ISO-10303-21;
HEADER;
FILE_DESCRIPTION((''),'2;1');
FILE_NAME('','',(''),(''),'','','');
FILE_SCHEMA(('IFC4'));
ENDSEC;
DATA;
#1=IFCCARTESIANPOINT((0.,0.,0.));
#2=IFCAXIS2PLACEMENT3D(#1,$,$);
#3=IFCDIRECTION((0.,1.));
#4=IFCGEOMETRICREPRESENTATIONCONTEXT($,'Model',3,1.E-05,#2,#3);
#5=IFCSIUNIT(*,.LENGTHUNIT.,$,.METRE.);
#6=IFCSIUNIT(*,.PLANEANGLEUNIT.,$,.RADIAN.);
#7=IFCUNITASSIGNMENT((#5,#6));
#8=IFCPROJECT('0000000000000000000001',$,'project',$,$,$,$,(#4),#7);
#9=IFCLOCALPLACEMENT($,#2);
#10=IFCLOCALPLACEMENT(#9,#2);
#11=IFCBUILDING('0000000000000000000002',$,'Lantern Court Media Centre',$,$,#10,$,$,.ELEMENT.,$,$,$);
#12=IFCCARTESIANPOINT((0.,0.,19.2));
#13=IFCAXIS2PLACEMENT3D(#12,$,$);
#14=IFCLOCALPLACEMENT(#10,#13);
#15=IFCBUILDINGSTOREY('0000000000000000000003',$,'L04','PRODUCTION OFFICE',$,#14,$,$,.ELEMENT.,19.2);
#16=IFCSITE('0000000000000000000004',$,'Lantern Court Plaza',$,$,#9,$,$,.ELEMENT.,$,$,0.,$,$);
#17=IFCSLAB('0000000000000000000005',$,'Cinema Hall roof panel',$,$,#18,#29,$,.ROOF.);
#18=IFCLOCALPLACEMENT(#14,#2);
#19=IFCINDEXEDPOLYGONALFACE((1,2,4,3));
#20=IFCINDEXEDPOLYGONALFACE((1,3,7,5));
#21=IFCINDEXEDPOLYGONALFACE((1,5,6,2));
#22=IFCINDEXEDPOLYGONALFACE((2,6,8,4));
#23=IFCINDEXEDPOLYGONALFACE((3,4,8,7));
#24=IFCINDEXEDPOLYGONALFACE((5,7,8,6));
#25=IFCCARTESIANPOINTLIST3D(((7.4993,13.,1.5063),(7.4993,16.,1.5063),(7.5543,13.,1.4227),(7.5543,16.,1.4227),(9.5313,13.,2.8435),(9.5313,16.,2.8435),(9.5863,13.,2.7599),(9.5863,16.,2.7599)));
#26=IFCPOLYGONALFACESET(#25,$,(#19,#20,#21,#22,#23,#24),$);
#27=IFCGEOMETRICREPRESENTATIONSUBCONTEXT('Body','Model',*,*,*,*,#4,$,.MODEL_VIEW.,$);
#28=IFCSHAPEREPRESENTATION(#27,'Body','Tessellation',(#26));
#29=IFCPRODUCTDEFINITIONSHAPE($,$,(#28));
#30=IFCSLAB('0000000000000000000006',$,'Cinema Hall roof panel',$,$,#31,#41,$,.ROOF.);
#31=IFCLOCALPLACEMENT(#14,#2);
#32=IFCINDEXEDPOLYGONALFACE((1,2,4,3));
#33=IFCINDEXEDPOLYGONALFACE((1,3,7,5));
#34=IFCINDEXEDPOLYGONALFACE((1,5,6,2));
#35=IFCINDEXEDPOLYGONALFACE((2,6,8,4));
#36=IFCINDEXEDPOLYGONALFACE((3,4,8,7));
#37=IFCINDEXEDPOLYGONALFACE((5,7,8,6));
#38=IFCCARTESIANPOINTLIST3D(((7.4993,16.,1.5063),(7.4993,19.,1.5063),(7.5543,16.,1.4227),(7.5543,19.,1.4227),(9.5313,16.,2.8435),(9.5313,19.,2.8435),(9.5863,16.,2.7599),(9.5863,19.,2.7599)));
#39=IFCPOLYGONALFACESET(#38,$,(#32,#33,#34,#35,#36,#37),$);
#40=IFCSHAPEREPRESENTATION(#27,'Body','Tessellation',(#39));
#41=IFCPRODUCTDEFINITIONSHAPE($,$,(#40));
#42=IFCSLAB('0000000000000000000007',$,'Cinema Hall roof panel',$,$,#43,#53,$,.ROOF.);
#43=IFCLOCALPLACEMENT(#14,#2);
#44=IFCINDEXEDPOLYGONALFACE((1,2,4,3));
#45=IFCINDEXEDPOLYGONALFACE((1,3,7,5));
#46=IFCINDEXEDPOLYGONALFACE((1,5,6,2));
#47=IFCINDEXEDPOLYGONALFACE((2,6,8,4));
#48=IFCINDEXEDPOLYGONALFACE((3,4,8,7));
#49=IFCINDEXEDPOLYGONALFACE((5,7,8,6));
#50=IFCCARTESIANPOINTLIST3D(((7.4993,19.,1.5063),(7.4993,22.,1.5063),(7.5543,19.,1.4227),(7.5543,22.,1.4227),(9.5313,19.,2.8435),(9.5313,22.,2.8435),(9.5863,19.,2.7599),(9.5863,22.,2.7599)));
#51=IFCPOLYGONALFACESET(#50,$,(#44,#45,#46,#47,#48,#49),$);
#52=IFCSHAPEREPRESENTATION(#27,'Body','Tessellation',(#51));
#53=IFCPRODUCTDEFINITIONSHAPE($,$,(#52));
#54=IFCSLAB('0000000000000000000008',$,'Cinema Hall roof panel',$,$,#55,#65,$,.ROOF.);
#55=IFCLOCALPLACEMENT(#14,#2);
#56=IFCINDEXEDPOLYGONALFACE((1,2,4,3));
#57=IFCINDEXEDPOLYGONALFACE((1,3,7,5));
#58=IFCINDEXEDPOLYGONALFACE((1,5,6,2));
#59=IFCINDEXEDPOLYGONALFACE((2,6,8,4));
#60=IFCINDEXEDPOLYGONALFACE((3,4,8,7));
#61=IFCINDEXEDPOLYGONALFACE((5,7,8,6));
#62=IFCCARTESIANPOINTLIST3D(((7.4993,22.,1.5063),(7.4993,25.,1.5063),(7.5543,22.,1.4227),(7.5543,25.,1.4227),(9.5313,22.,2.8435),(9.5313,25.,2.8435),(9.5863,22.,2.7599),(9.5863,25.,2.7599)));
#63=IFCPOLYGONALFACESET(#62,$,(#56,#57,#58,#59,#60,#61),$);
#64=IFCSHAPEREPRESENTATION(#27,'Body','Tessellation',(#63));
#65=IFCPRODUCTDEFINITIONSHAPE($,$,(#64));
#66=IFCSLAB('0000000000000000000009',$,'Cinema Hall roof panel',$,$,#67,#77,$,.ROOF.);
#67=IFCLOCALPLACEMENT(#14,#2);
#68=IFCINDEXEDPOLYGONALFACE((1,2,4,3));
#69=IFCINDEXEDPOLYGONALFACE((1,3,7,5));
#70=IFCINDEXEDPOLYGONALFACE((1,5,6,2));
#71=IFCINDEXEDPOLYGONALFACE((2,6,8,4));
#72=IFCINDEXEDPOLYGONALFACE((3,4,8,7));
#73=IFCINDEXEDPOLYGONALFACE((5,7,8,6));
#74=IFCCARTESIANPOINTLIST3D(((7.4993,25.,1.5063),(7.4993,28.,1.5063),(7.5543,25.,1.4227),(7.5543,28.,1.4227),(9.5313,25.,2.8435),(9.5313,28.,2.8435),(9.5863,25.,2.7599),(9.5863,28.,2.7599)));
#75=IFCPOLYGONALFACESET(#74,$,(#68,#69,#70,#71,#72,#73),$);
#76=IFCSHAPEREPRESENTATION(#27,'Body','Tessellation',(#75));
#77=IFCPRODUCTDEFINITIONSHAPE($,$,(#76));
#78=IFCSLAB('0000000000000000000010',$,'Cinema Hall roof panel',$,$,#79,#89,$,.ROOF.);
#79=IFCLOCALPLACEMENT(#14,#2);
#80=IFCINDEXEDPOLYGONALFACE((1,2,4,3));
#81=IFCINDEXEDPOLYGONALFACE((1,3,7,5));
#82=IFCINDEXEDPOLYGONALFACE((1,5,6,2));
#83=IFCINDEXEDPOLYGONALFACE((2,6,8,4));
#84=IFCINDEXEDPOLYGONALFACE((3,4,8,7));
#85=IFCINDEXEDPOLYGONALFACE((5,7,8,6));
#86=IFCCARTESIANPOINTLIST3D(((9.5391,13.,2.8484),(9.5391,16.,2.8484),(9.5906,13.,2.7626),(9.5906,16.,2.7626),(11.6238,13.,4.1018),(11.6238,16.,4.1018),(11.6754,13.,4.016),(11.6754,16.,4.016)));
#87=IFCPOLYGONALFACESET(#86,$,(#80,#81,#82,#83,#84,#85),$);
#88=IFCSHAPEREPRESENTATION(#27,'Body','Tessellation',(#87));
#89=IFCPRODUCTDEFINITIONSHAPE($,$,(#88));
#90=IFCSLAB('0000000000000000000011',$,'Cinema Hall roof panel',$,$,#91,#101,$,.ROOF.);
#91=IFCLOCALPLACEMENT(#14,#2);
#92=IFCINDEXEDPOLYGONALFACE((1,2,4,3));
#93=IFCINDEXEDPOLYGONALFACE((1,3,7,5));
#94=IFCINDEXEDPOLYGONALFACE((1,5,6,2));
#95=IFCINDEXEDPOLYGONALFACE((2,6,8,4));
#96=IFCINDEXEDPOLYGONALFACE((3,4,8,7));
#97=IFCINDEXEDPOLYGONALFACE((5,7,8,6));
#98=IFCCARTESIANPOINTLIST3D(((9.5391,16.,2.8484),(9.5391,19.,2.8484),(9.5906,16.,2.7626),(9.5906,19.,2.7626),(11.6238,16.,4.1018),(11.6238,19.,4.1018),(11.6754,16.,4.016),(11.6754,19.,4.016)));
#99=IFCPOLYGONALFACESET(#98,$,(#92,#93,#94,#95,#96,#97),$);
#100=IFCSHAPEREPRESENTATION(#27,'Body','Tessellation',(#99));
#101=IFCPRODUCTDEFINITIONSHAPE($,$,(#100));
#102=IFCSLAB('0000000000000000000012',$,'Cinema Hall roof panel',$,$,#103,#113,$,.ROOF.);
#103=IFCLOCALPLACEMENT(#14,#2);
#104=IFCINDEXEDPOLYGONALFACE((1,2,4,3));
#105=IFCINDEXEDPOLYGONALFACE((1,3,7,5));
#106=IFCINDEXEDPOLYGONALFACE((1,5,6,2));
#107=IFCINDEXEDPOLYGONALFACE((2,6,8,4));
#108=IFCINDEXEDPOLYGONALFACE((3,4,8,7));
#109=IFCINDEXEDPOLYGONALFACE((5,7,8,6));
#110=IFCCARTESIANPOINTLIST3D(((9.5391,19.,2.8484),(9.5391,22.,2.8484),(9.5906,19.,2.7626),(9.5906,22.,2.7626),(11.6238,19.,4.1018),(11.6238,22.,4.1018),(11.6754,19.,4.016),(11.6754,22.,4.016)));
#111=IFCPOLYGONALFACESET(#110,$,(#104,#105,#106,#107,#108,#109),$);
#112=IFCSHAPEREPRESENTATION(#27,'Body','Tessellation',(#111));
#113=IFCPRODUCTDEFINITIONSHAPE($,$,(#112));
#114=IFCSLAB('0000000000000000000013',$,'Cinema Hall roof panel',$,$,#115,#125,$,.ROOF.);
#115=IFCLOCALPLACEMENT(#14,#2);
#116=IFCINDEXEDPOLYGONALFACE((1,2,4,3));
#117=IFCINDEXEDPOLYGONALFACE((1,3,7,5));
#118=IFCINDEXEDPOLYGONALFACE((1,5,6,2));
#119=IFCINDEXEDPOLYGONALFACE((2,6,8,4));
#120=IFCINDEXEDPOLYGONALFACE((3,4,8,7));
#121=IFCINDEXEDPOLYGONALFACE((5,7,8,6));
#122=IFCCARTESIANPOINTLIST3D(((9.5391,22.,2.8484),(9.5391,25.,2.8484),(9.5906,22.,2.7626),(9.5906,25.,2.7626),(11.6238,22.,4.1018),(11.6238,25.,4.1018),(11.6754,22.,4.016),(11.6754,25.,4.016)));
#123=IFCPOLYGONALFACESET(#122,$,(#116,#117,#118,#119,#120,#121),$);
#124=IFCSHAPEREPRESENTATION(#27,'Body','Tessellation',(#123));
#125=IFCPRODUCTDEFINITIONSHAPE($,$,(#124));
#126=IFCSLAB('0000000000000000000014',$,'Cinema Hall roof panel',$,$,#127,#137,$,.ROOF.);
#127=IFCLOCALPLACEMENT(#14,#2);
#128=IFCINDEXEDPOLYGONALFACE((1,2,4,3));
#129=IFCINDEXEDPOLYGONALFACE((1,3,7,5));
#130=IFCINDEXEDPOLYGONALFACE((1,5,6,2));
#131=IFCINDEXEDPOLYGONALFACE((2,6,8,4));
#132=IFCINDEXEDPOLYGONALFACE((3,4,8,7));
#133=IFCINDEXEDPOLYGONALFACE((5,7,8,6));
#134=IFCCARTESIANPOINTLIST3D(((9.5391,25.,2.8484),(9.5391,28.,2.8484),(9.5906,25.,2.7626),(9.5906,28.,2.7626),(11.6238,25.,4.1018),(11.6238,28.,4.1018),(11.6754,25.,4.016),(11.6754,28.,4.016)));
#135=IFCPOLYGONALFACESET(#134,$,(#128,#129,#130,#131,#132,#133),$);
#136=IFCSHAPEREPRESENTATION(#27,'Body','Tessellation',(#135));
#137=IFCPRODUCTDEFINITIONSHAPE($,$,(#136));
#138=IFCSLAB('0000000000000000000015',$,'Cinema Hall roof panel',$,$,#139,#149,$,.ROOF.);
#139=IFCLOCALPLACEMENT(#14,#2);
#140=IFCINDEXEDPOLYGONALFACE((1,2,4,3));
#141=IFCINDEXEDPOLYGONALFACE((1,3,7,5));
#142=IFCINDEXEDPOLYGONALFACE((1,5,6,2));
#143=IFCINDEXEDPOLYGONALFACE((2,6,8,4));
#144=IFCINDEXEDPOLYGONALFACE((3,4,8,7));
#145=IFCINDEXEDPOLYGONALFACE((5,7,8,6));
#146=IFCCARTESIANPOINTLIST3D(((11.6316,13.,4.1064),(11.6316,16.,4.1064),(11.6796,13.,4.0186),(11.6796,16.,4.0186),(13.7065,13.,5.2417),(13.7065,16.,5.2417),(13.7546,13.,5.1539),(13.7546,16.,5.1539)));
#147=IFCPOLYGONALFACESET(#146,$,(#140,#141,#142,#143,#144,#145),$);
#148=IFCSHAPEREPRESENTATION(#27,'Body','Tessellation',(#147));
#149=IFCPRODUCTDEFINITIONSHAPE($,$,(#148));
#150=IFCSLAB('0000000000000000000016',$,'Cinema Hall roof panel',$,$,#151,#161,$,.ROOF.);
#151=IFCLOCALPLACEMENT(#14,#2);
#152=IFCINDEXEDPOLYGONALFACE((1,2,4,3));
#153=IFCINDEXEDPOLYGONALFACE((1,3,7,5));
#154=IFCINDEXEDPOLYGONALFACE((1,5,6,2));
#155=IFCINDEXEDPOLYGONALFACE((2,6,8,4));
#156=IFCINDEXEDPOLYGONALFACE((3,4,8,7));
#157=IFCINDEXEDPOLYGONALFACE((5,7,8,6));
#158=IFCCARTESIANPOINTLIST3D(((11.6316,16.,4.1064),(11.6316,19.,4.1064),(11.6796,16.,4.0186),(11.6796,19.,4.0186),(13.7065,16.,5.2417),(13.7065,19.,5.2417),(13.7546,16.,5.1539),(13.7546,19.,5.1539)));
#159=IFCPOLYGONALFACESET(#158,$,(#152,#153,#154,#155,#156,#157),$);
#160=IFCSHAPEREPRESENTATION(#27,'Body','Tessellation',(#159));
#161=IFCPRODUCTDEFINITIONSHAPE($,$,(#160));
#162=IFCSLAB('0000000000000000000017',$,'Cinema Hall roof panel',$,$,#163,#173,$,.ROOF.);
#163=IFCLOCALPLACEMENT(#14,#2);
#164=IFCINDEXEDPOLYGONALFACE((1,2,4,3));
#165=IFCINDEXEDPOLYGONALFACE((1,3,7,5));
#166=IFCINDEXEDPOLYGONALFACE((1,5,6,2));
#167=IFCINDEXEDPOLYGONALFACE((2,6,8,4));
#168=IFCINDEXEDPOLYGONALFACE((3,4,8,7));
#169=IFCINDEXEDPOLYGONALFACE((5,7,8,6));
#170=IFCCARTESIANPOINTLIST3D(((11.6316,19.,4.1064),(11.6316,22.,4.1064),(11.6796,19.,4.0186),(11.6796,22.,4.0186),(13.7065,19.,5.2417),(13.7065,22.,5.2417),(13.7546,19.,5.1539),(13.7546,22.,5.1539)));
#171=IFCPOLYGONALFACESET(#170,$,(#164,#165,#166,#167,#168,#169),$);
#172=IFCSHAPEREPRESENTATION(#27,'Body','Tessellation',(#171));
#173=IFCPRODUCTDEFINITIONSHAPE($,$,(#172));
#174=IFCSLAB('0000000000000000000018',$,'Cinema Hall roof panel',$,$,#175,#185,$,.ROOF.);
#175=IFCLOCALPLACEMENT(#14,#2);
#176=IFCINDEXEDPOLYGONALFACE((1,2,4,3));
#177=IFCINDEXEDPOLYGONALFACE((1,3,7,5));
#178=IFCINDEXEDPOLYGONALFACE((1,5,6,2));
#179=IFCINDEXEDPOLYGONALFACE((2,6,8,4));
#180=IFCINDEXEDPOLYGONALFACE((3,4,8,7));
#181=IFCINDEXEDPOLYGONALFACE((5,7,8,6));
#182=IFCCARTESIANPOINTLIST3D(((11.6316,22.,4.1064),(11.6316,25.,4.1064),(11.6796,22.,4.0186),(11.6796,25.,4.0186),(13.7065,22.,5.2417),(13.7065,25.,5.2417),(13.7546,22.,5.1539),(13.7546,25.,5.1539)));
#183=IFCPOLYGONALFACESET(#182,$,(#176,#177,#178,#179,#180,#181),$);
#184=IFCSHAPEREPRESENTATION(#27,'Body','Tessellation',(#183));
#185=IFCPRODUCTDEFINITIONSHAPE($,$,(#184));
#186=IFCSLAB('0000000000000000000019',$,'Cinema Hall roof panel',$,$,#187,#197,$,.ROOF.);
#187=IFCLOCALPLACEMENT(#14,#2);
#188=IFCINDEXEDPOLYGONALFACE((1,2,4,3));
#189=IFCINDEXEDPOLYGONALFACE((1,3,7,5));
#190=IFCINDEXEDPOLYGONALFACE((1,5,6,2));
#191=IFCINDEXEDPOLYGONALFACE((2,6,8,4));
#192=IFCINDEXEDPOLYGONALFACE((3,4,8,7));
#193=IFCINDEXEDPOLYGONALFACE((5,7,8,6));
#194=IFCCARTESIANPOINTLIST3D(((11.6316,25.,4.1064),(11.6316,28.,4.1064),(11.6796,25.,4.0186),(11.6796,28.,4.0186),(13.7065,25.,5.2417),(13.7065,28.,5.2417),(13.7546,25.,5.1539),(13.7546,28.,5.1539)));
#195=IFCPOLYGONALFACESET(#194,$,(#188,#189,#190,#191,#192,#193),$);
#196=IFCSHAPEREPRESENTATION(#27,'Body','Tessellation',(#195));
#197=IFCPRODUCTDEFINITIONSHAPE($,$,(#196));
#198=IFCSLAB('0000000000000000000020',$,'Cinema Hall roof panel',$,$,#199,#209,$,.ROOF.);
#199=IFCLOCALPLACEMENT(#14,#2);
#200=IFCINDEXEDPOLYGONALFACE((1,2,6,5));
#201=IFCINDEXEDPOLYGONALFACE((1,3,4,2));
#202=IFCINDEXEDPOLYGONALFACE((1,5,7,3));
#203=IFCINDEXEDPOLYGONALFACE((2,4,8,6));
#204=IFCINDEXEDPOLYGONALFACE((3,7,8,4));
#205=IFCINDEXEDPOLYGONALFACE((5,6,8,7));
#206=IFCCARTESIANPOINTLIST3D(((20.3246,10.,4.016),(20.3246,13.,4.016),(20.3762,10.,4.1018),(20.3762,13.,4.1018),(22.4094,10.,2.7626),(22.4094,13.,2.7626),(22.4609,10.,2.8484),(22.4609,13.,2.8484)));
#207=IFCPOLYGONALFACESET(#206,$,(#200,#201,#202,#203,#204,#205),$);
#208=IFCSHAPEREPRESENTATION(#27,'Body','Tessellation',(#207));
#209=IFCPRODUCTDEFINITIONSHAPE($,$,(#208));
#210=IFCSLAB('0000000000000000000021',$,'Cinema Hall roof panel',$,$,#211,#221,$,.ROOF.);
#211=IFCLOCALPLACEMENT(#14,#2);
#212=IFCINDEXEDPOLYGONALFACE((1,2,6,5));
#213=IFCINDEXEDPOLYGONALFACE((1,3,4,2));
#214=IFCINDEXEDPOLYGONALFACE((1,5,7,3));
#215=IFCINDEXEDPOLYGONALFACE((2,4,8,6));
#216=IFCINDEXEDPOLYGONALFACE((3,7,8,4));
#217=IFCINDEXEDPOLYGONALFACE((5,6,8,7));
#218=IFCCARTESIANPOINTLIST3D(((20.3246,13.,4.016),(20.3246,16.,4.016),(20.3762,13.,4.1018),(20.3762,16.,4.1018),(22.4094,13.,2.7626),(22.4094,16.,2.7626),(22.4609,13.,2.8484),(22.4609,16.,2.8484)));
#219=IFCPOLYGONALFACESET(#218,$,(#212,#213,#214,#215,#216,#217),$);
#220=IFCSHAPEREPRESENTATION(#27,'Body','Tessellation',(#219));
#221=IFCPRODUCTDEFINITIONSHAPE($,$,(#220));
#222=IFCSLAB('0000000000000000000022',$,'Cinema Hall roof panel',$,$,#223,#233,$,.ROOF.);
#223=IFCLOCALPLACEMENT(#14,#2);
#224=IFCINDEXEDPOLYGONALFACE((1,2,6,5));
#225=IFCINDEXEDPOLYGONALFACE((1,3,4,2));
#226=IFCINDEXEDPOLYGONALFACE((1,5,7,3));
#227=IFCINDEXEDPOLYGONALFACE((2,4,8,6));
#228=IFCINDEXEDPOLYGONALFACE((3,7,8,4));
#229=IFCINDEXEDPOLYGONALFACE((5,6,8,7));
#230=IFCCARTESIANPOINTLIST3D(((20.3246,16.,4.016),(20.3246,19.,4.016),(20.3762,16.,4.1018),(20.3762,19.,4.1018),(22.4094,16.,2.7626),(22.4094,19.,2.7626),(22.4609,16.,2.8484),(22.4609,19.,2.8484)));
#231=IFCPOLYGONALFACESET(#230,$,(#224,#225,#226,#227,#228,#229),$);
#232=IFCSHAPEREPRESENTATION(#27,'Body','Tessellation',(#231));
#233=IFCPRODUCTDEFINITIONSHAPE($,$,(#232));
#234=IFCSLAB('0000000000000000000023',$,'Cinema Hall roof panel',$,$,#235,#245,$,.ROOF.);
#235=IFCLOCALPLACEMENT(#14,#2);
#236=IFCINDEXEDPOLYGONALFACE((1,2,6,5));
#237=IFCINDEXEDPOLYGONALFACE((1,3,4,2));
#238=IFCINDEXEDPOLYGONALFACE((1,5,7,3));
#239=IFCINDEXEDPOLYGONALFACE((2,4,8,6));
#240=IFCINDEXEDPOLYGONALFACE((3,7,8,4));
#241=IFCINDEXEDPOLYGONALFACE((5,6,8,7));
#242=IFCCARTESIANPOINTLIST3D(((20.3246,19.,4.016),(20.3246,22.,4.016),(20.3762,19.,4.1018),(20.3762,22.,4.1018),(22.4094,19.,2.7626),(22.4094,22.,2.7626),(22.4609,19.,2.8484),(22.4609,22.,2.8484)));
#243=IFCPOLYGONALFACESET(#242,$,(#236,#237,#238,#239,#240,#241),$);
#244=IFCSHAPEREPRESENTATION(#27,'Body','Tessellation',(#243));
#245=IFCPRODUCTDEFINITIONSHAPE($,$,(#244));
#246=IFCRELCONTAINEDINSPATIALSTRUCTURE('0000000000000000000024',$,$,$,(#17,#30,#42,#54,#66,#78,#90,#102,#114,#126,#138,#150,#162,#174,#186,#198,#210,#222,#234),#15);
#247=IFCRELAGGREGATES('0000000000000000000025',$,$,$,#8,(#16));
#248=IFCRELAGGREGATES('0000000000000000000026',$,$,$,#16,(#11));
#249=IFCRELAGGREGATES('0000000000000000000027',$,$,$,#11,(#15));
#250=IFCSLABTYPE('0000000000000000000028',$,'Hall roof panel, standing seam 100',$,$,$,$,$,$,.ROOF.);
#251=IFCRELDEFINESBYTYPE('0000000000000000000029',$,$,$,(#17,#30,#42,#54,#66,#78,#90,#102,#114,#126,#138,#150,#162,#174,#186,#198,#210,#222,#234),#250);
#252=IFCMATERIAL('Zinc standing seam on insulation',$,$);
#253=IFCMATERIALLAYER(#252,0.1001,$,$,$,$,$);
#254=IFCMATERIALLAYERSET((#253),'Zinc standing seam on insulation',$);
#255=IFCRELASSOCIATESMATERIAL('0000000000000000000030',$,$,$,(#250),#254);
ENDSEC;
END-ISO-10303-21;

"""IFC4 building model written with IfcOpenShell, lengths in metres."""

from ifc_helpers import new_model, si_unit, direction, frame, origin, place, context, subcontext, project, spatial, polyline, outline, extrude, material, layer, layer_set, type_object, element, save


model = new_model("IFC4")

# Units and contexts
model_context = context("Model", 3, precision=1e-05, world=origin(), true_north=direction((0.0, 1.0)))
body_context = subcontext(model_context, "Body", "Model", "MODEL_VIEW")
ifc_project = project(units=[si_unit("LENGTHUNIT", "METRE"), si_unit("PLANEANGLEUNIT", "RADIAN")], contexts=[model_context])

# Site, building, storey
site_placement = place(None, origin())
site = spatial("IfcSite", under=ifc_project, at=site_placement, Name="Lantern Court Plaza", CompositionType="ELEMENT", RefElevation=0.0)
building_placement = place(site_placement, origin())
building = spatial("IfcBuilding", under=site, at=building_placement, Name="Lantern Court Media Centre", CompositionType="ELEMENT")
storey_placement = place(building_placement, frame((0.0, 0.0, 19.2)))
storey = spatial("IfcBuildingStorey", under=building, at=storey_placement, Name="L04", Description="PRODUCTION OFFICE", CompositionType="ELEMENT", Elevation=19.2)

# Slabs
ifc_material = material(Name="Zinc standing seam on insulation")
ifc_layer = layer(ifc_material, 0.1001)
ifc_layer_set = layer_set([ifc_layer], Name="Zinc standing seam on insulation")
slab_type = type_object("IfcSlabType", Name="Hall roof panel, standing seam 100", PredefinedType="ROOF", material=ifc_layer_set)
for number, where, z_axis, x_axis, name in (
    (1, (7.4993, 13.0, 1.5063), (-0.549711, 0.0, 0.835355), (0.835355, 0.0, 0.549711), "Cinema Hall roof panel"),
    (2, (7.4993, 16.0, 1.5063), (-0.549711, 0.0, 0.835355), (0.835355, 0.0, 0.549711), "Cinema Hall roof panel"),
    (3, (7.4993, 19.0, 1.5063), (-0.549711, 0.0, 0.835355), (0.835355, 0.0, 0.549711), "Cinema Hall roof panel"),
    (4, (7.4993, 22.0, 1.5063), (-0.549711, 0.0, 0.835355), (0.835355, 0.0, 0.549711), "Cinema Hall roof panel"),
    (5, (7.4993, 25.0, 1.5063), (-0.549711, 0.0, 0.835355), (0.835355, 0.0, 0.549711), "Cinema Hall roof panel"),
):
    element("IfcSlab", number, at=place(storey_placement, frame(where, z_axis=z_axis, x_axis=x_axis)), inside=storey, type_object=slab_type, Name=name, PredefinedType="ROOF", context=body_context, shape_type="SweptSolid", body=[
        extrude(outline(polyline([(0.0, 0.0), (2.4325, 0.0), (2.4325, 3.0), (0.0, 3.0), (0.0, 0.0)])), origin(), (0.0, 0.0, -1.0), 0.1001),
    ])
for number, where, z_axis, x_axis, name in (
    (6, (9.5391, 13.0, 2.8484), (-0.515278, 0.0, 0.857023), (0.857023, 0.0, 0.515278), "Cinema Hall roof panel"),
    (7, (9.5391, 16.0, 2.8484), (-0.515278, 0.0, 0.857023), (0.857023, 0.0, 0.515278), "Cinema Hall roof panel"),
    (8, (9.5391, 19.0, 2.8484), (-0.515278, 0.0, 0.857023), (0.857023, 0.0, 0.515278), "Cinema Hall roof panel"),
    (9, (9.5391, 22.0, 2.8484), (-0.515278, 0.0, 0.857023), (0.857023, 0.0, 0.515278), "Cinema Hall roof panel"),
    (10, (9.5391, 25.0, 2.8484), (-0.515278, 0.0, 0.857023), (0.857023, 0.0, 0.515278), "Cinema Hall roof panel"),
):
    element("IfcSlab", number, at=place(storey_placement, frame(where, z_axis=z_axis, x_axis=x_axis)), inside=storey, type_object=slab_type, Name=name, PredefinedType="ROOF", context=body_context, shape_type="SweptSolid", body=[
        extrude(outline(polyline([(0.0, 0.0), (2.4325, 0.0), (2.4325, 3.0), (0.0, 3.0), (0.0, 0.0)])), origin(), (0.0, 0.0, -1.0), 0.1001),
    ])
for number, where, z_axis, x_axis, name in (
    (11, (11.6316, 13.0, 4.1064), (-0.47998, 0.0, 0.877279), (0.877279, 0.0, 0.47998), "Cinema Hall roof panel"),
    (12, (11.6316, 16.0, 4.1064), (-0.47998, 0.0, 0.877279), (0.877279, 0.0, 0.47998), "Cinema Hall roof panel"),
    (13, (11.6316, 19.0, 4.1064), (-0.47998, 0.0, 0.877279), (0.877279, 0.0, 0.47998), "Cinema Hall roof panel"),
    (14, (11.6316, 22.0, 4.1064), (-0.47998, 0.0, 0.877279), (0.877279, 0.0, 0.47998), "Cinema Hall roof panel"),
    (15, (11.6316, 25.0, 4.1064), (-0.47998, 0.0, 0.877279), (0.877279, 0.0, 0.47998), "Cinema Hall roof panel"),
):
    element("IfcSlab", number, at=place(storey_placement, frame(where, z_axis=z_axis, x_axis=x_axis)), inside=storey, type_object=slab_type, Name=name, PredefinedType="ROOF", context=body_context, shape_type="SweptSolid", body=[
        extrude(outline(polyline([(0.0, 0.0), (2.3652, 0.0), (2.3652, 3.0), (0.0, 3.0), (0.0, 0.0)])), origin(), (0.0, 0.0, -1.0), 0.1001),
    ])
for number, where, z_axis, x_axis, name in (
    (16, (20.3762, 10.0, 4.1018), (0.515278, 0.0, 0.857023), (0.857023, 0.0, -0.515278), "Cinema Hall roof panel"),
    (17, (20.3762, 13.0, 4.1018), (0.515278, 0.0, 0.857023), (0.857023, 0.0, -0.515278), "Cinema Hall roof panel"),
    (18, (20.3762, 16.0, 4.1018), (0.515278, 0.0, 0.857023), (0.857023, 0.0, -0.515278), "Cinema Hall roof panel"),
    (19, (20.3762, 19.0, 4.1018), (0.515278, 0.0, 0.857023), (0.857023, 0.0, -0.515278), "Cinema Hall roof panel"),
):
    element("IfcSlab", number, at=place(storey_placement, frame(where, z_axis=z_axis, x_axis=x_axis)), inside=storey, type_object=slab_type, Name=name, PredefinedType="ROOF", context=body_context, shape_type="SweptSolid", body=[
        extrude(outline(polyline([(0.0, 0.0), (2.4325, 0.0), (2.4325, 3.0), (0.0, 3.0), (0.0, 0.0)])), origin(), (0.0, 0.0, -1.0), 0.1001),
    ])

save(model, "model.ifc")
